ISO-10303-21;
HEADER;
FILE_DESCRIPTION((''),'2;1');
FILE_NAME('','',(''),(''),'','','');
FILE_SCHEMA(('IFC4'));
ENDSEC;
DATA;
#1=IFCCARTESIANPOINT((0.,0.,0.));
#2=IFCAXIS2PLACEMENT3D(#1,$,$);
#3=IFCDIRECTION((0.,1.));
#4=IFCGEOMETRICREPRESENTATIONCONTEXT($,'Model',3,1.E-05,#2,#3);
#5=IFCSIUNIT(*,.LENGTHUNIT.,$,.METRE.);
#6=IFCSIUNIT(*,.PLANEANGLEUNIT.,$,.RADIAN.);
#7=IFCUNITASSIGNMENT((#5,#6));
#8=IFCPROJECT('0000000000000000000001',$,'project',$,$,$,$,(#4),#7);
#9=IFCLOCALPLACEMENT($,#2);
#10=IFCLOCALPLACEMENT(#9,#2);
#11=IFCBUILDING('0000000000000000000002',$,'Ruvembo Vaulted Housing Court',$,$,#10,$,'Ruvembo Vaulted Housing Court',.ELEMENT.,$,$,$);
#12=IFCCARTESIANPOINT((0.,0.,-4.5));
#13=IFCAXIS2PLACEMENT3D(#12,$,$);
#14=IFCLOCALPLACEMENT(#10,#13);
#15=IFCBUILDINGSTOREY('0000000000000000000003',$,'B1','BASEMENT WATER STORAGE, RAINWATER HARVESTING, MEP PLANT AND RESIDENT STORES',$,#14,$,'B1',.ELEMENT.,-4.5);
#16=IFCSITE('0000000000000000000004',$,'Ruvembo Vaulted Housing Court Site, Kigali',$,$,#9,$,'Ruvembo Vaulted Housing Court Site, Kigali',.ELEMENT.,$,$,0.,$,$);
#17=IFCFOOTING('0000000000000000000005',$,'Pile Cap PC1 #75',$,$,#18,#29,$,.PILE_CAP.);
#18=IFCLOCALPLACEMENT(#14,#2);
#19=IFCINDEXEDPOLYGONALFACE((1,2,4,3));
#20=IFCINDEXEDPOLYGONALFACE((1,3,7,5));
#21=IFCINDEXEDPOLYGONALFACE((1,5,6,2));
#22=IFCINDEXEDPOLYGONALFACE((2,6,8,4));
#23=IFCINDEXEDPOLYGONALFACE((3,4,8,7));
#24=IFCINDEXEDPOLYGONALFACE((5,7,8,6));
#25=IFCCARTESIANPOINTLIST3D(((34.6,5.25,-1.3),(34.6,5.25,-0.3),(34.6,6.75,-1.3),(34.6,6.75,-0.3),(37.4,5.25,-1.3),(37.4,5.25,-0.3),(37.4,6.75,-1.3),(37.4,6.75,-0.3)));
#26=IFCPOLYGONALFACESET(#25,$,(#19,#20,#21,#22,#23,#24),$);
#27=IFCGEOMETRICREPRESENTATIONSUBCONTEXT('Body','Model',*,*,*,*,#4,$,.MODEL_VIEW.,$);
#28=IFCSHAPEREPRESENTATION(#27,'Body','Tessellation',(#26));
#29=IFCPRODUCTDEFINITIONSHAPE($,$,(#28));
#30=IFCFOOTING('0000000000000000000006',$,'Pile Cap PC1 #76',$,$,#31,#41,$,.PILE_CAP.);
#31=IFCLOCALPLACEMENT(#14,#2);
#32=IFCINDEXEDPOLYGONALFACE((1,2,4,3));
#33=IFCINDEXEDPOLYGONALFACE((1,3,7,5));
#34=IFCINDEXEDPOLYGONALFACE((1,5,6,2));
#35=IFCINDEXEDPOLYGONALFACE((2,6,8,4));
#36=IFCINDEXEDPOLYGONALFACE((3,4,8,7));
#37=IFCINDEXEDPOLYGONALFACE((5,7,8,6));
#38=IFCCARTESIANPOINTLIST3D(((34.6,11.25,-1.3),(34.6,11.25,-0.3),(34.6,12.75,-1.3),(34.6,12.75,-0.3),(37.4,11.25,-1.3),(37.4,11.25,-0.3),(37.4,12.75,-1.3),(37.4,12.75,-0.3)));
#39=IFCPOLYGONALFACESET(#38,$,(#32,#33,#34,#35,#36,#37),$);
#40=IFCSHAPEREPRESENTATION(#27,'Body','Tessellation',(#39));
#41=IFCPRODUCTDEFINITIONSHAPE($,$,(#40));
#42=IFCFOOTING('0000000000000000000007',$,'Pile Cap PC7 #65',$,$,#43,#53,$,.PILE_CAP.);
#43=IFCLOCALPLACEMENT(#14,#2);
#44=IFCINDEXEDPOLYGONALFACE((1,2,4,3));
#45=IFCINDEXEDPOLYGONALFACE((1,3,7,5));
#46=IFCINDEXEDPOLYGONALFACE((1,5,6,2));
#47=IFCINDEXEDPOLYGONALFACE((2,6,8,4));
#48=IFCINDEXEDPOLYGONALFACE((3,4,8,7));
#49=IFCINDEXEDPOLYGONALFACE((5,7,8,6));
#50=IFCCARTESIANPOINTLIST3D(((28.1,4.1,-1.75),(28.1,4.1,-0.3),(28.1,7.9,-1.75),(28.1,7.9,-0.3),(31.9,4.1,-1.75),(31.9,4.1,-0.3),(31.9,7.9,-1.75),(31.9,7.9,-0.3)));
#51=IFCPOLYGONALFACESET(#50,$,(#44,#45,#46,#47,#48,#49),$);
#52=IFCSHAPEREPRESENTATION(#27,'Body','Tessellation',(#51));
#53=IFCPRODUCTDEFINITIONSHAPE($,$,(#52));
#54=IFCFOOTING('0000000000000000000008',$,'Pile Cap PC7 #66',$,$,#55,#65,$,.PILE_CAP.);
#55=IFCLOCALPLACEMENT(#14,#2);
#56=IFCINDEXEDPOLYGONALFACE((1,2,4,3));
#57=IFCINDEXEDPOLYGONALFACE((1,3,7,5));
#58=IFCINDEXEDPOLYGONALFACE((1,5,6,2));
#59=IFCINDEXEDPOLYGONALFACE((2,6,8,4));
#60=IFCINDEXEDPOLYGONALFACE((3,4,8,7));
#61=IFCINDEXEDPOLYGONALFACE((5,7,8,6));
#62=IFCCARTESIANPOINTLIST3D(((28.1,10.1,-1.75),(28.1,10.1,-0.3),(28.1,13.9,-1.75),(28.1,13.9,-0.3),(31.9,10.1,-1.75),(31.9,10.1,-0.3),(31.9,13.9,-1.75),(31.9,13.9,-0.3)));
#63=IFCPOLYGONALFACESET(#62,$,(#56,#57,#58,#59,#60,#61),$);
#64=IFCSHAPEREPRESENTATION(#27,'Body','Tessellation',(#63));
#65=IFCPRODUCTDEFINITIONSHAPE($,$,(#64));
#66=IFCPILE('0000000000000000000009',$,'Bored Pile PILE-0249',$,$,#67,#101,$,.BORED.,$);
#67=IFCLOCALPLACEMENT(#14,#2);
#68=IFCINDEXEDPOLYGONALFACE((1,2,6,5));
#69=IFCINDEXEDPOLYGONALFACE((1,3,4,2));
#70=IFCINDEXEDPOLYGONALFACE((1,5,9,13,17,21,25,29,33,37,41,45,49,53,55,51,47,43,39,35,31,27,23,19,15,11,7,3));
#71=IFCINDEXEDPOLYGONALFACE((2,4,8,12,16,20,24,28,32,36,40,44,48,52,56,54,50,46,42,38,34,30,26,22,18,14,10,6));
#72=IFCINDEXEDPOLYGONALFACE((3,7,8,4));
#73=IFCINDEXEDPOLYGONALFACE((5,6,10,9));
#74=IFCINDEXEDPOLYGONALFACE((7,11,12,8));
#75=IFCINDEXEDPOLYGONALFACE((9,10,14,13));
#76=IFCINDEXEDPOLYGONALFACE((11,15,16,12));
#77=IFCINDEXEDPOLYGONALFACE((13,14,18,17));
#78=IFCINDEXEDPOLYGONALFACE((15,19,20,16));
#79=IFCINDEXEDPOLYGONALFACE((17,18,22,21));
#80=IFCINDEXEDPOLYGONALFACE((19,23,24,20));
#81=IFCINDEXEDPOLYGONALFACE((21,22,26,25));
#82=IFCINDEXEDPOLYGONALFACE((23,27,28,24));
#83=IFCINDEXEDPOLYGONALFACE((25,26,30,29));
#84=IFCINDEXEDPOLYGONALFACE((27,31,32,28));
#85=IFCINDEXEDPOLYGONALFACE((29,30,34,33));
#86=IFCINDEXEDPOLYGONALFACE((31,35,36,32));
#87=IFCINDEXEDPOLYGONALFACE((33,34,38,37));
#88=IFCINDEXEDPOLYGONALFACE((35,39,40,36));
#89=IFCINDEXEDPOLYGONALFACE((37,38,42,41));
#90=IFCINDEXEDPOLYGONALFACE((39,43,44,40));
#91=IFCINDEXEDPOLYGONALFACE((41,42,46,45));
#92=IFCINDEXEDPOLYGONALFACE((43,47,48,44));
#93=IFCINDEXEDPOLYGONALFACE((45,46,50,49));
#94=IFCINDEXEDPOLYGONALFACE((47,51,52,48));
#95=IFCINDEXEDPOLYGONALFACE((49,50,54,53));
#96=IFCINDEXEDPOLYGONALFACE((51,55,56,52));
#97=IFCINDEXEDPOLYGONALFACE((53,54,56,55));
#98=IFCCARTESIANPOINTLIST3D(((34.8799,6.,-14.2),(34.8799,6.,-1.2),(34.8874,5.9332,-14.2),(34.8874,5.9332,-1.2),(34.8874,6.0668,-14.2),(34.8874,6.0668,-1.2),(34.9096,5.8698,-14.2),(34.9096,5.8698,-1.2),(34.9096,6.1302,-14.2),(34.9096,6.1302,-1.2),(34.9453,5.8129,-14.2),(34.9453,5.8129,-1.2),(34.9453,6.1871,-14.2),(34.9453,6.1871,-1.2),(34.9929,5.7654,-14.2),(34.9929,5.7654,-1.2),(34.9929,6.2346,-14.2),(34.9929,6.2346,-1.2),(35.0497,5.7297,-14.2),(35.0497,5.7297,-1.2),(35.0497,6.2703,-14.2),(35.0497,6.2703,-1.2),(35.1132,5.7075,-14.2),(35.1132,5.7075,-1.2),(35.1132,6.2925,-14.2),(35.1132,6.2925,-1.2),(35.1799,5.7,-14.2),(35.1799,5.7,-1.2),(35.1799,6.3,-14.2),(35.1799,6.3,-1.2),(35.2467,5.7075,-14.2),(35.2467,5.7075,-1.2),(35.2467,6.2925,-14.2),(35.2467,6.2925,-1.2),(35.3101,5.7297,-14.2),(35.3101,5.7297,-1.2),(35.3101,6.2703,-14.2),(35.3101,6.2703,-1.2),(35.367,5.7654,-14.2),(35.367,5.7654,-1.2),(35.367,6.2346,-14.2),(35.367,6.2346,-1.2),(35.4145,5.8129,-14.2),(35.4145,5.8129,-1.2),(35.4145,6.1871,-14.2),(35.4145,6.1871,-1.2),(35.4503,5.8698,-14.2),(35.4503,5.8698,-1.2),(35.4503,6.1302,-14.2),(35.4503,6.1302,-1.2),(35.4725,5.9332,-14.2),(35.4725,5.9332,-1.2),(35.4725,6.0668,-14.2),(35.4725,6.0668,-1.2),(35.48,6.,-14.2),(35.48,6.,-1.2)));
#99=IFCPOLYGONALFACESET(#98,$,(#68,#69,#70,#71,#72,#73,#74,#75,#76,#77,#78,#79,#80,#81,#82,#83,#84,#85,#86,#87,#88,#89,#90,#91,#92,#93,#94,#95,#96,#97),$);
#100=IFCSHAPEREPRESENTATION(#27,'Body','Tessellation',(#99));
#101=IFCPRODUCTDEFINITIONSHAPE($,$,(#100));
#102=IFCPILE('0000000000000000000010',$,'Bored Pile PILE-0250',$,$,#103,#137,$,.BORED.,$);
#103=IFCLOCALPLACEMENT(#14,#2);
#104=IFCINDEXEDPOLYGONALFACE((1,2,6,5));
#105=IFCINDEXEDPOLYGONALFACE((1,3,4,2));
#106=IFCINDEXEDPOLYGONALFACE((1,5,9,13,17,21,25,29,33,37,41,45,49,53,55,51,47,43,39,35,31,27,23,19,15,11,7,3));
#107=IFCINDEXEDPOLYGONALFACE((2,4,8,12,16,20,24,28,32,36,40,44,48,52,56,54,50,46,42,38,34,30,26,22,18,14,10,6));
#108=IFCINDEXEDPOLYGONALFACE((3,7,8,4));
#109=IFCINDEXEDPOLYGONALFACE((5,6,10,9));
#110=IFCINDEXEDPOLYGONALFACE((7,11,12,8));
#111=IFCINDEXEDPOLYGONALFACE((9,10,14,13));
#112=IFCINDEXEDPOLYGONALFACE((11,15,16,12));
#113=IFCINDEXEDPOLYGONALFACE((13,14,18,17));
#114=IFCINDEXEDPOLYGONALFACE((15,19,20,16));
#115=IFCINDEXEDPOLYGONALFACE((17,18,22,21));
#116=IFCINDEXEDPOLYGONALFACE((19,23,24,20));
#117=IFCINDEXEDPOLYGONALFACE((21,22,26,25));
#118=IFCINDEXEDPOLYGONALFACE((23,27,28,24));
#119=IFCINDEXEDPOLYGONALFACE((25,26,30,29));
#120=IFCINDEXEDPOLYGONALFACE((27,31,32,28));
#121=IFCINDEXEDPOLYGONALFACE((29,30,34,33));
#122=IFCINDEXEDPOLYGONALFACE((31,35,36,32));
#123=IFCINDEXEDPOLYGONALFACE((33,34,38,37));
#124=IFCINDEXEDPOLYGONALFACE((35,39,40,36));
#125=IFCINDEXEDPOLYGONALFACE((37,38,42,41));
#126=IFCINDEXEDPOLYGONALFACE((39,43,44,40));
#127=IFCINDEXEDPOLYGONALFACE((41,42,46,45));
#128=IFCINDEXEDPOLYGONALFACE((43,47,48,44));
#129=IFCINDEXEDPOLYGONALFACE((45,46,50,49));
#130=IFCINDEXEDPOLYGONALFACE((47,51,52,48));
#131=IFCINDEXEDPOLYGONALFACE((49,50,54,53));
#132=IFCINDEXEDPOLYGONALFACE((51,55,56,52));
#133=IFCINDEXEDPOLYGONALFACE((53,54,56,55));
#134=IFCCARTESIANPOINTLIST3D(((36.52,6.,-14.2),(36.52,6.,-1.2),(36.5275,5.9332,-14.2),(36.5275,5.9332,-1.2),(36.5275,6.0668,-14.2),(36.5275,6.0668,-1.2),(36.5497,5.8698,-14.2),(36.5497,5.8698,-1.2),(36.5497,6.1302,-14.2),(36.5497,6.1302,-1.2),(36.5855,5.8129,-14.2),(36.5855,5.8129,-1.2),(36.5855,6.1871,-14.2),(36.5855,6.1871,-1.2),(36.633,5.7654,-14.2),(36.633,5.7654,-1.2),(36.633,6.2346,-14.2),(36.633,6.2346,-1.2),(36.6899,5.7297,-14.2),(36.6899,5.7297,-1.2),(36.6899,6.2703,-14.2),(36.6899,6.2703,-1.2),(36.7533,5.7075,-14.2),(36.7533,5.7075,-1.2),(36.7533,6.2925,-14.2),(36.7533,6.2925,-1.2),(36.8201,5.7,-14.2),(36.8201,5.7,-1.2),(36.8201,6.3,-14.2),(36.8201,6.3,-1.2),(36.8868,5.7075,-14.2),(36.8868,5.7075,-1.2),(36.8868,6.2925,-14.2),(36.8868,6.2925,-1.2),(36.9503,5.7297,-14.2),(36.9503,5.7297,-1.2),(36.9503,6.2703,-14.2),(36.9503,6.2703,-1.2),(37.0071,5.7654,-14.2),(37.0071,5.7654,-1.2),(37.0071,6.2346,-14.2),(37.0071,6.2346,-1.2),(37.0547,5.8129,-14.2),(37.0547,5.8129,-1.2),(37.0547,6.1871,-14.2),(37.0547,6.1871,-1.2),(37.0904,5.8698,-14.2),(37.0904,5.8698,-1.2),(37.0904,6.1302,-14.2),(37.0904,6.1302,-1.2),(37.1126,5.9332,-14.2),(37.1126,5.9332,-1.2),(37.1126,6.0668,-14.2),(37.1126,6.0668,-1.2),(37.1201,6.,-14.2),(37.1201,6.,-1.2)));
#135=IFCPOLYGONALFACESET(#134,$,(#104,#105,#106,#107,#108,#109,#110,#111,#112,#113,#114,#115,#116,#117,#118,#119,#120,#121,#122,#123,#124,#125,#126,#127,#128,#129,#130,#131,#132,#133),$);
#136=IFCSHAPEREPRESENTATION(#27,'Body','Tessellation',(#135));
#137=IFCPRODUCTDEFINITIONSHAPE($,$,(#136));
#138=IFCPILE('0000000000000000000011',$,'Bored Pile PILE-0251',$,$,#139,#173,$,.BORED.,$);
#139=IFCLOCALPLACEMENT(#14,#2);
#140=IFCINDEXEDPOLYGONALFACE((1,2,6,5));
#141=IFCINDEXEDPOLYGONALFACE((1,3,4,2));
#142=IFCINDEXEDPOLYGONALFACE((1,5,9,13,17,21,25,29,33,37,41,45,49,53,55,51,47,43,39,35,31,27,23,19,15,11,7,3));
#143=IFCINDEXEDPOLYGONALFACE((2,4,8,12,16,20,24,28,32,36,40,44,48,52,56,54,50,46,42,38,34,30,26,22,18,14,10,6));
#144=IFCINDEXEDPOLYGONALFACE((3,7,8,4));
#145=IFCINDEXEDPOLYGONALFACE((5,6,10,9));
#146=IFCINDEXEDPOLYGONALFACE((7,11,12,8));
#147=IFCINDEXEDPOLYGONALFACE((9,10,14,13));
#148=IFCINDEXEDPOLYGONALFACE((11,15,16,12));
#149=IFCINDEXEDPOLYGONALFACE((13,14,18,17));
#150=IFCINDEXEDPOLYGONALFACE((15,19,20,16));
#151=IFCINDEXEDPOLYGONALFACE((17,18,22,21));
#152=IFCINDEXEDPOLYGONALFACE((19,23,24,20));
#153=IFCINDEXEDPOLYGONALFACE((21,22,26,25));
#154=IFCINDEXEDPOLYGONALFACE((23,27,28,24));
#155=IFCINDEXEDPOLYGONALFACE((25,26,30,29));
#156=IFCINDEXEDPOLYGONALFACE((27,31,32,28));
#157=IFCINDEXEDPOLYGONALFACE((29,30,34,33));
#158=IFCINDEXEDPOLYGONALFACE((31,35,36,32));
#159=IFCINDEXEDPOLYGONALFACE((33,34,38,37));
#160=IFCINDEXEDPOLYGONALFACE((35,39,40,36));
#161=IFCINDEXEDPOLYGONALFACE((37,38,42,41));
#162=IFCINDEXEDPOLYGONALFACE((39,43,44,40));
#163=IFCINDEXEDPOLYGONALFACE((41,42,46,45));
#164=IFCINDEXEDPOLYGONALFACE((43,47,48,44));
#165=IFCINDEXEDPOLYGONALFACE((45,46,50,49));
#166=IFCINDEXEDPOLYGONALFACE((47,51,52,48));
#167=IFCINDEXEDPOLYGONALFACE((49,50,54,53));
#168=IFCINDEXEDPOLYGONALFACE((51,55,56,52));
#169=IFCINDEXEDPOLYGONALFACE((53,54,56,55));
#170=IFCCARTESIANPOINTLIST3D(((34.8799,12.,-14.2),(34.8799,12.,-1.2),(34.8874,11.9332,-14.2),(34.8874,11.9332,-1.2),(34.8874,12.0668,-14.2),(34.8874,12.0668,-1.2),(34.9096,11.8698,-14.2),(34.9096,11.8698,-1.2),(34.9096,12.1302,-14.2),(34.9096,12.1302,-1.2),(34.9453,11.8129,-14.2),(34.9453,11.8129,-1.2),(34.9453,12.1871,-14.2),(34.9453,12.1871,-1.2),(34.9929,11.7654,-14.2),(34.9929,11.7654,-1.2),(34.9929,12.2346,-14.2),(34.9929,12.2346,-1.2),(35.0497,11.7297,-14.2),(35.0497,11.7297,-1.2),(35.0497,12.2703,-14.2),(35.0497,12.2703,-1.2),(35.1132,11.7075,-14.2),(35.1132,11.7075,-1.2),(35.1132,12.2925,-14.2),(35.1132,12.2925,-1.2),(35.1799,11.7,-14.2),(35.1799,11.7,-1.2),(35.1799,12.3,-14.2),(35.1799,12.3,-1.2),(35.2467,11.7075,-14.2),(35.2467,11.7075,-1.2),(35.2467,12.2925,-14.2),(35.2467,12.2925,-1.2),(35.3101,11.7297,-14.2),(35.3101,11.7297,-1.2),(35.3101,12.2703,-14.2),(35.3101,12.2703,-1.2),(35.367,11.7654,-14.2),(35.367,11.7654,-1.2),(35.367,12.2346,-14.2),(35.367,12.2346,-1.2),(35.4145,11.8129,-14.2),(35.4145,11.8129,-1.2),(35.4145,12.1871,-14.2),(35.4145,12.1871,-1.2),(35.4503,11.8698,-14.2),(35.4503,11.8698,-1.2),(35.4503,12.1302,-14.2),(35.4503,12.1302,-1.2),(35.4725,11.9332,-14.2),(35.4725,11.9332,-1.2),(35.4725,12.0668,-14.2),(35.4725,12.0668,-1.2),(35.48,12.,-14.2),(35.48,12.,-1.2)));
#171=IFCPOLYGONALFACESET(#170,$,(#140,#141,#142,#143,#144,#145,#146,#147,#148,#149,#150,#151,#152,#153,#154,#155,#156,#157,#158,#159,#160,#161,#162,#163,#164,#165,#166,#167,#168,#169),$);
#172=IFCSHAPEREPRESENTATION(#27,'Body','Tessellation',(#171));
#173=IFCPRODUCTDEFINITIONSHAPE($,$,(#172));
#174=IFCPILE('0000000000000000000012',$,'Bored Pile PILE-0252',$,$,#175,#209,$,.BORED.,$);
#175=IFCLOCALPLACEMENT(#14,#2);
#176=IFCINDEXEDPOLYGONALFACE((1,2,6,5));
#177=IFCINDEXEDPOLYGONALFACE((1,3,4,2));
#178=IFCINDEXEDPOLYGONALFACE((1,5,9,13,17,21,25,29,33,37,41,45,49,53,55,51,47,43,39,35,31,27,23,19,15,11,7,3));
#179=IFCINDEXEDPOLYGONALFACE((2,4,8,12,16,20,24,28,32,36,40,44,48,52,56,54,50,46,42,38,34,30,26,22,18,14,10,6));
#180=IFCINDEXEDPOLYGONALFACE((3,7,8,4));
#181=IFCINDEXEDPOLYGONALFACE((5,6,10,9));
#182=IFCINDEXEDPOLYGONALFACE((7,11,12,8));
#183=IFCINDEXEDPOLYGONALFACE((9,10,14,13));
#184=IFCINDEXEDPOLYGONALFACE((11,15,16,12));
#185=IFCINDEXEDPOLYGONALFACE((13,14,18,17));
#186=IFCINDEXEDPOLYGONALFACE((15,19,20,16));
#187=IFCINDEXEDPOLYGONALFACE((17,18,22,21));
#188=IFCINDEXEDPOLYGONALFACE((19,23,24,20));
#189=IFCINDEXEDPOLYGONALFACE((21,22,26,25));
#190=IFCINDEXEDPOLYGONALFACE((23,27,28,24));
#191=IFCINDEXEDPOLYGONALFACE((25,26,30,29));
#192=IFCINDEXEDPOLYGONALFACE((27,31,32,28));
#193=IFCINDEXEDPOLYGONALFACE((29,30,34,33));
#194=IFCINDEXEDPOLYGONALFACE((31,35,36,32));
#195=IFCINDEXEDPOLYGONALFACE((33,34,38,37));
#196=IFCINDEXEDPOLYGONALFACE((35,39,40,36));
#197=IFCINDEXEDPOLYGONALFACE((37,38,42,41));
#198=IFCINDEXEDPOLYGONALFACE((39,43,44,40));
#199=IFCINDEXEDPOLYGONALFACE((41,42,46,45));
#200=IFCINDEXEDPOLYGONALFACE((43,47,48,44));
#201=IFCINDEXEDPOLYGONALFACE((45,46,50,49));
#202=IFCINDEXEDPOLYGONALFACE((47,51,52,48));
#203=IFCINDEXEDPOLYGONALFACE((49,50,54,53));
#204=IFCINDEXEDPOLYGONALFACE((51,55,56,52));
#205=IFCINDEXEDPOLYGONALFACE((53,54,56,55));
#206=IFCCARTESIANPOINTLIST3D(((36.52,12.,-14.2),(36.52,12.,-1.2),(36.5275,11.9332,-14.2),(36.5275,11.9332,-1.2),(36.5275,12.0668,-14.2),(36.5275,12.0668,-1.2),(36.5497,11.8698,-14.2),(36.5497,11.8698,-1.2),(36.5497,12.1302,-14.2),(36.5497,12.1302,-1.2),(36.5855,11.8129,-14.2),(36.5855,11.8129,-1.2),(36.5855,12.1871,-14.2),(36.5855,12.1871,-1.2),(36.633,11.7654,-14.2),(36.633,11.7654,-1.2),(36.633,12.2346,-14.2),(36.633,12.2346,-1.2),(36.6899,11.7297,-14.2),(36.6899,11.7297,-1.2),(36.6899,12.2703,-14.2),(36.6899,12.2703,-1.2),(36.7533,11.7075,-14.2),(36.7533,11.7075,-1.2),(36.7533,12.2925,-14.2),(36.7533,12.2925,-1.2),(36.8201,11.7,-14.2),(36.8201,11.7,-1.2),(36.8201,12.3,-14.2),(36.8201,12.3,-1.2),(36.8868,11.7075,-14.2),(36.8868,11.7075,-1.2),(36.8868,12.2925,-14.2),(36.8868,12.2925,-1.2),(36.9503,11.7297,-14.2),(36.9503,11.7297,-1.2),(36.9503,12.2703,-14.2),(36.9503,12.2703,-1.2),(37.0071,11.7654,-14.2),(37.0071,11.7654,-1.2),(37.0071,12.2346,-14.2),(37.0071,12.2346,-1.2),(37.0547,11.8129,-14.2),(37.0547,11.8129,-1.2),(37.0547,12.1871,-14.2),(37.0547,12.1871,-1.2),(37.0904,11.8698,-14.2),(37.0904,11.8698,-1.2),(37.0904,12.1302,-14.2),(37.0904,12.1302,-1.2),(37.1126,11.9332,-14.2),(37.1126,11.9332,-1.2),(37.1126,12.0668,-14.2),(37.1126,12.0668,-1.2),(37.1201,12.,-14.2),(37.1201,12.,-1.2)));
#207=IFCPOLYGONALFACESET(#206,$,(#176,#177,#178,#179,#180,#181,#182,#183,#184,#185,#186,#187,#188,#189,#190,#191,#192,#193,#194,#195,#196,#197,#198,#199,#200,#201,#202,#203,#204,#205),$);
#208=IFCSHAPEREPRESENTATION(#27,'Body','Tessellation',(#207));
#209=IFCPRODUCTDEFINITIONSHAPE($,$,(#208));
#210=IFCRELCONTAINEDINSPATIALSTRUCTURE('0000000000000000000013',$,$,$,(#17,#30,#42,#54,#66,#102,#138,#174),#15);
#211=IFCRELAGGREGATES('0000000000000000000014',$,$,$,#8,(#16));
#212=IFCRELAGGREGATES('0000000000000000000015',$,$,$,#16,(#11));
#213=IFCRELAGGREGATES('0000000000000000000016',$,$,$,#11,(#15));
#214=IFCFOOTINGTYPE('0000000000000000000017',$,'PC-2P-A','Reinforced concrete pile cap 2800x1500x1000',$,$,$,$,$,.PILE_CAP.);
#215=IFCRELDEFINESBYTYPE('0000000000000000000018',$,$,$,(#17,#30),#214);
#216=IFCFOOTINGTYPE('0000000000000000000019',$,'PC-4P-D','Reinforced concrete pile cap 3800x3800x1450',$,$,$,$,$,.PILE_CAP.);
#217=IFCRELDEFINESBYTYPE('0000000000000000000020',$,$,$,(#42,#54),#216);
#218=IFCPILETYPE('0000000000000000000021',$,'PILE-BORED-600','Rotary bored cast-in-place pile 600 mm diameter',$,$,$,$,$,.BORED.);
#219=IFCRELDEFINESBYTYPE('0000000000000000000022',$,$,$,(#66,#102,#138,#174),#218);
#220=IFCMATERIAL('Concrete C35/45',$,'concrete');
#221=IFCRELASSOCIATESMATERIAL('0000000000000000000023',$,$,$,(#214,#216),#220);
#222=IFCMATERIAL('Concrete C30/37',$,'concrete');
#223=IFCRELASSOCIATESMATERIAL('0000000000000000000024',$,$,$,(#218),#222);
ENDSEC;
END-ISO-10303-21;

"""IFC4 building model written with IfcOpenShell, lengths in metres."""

from ifc_helpers import new_model, si_unit, direction, frame, origin, origin_2d, place, context, subcontext, project, spatial, rectangle, circle, extrude, material, material_profile, profile_set, type_object, element, save


model = new_model("IFC4")

# Units and contexts
model_context = context("Model", 3, precision=1e-05, world=origin(), true_north=direction((0.0, 1.0)))
body_context = subcontext(model_context, "Body", "Model", "MODEL_VIEW")
ifc_project = project(units=[si_unit("LENGTHUNIT", "METRE"), si_unit("PLANEANGLEUNIT", "RADIAN")], contexts=[model_context])

# Site, building, storey
site_placement = place(None, origin())
site = spatial("IfcSite", under=ifc_project, at=site_placement, Name="Ruvembo Vaulted Housing Court Site, Kigali", LongName="Ruvembo Vaulted Housing Court Site, Kigali", CompositionType="ELEMENT", RefElevation=0.0)
building_placement = place(site_placement, origin())
building = spatial("IfcBuilding", under=site, at=building_placement, Name="Ruvembo Vaulted Housing Court", LongName="Ruvembo Vaulted Housing Court", CompositionType="ELEMENT")
storey_placement = place(building_placement, frame((0.0, 0.0, -4.5)))
storey = spatial("IfcBuildingStorey", under=building, at=storey_placement, Name="B1", Description="BASEMENT WATER STORAGE, RAINWATER HARVESTING, MEP PLANT AND RESIDENT STORES", LongName="B1", CompositionType="ELEMENT", Elevation=-4.5)

# Footings
ifc_material_1 = material(Name="Concrete C35/45", Category="concrete")
footing_type_1 = type_object("IfcFootingType", Name="PC-2P-A", Description="Reinforced concrete pile cap 2800x1500x1000", PredefinedType="PILE_CAP", material=ifc_material_1)
for number, where, z_axis, x_axis, name in (
    (1, (36.0, 6.0, -1.3), (0.0, 0.0, 1.0), (1.0, 0.0, 0.0), "Pile Cap PC1 #75"),
    (2, (36.0, 12.0, -1.3), (0.0, 0.0, 1.0), (1.0, 0.0, 0.0), "Pile Cap PC1 #76"),
):
    element("IfcFooting", number, at=place(storey_placement, frame(where, z_axis=z_axis, x_axis=x_axis)), inside=storey, type_object=footing_type_1, Name=name, PredefinedType="PILE_CAP", context=body_context, shape_type="SweptSolid", body=[
        extrude(rectangle(XDim=2.8, YDim=1.5, at=origin_2d()), origin(), (0.0, 0.0, 1.0), 1.0),
    ])
footing_type_2 = type_object("IfcFootingType", Name="PC-4P-D", Description="Reinforced concrete pile cap 3800x3800x1450", PredefinedType="PILE_CAP", material=ifc_material_1)
for number, where, z_axis, x_axis, name in (
    (3, (30.0, 6.0, -1.75), (0.0, 0.0, 1.0), (1.0, 0.0, 0.0), "Pile Cap PC7 #65"),
    (4, (30.0, 12.0, -1.75), (0.0, 0.0, 1.0), (1.0, 0.0, 0.0), "Pile Cap PC7 #66"),
):
    element("IfcFooting", number, at=place(storey_placement, frame(where, z_axis=z_axis, x_axis=x_axis)), inside=storey, type_object=footing_type_2, Name=name, PredefinedType="PILE_CAP", context=body_context, shape_type="SweptSolid", body=[
        extrude(rectangle(XDim=3.8, YDim=3.8, at=origin_2d()), origin(), (0.0, 0.0, 1.0), 1.45),
    ])

# Piles
ifc_material_2 = material(Name="Concrete C30/37", Category="concrete")
ifc_material_profile_1 = material_profile(ifc_material_2, circle(Radius=0.3, at=origin_2d()), Name="PILE D600")
ifc_profile_set_1 = profile_set([ifc_material_profile_1], Name="Concrete C30/37")
pile_type_1 = type_object("IfcPileType", Name="PILE-BORED-600", Description="Rotary bored cast-in-place pile 600 mm diameter", PredefinedType="BORED", material=ifc_profile_set_1)
for number, where, z_axis, x_axis, name in (
    (5, (35.1799, 6.0, -1.2), (0.0, 0.0, -1.0), (1.0, 0.0, 0.0), "Bored Pile PILE-0249"),
    (6, (36.8201, 6.0, -1.2), (0.0, 0.0, -1.0), (1.0, 0.0, 0.0), "Bored Pile PILE-0250"),
    (7, (35.1799, 12.0, -1.2), (0.0, 0.0, -1.0), (1.0, 0.0, 0.0), "Bored Pile PILE-0251"),
    (8, (36.8201, 12.0, -1.2), (0.0, 0.0, -1.0), (1.0, 0.0, 0.0), "Bored Pile PILE-0252"),
):
    element("IfcPile", number, at=place(storey_placement, frame(where, z_axis=z_axis, x_axis=x_axis)), inside=storey, type_object=pile_type_1, Name=name, PredefinedType="BORED", context=body_context, shape_type="SweptSolid", body=[
        extrude(circle(Radius=0.3, at=origin_2d()), origin(), (0.0, 0.0, 1.0), 13.0),
    ])

save(model, "model.ifc")
